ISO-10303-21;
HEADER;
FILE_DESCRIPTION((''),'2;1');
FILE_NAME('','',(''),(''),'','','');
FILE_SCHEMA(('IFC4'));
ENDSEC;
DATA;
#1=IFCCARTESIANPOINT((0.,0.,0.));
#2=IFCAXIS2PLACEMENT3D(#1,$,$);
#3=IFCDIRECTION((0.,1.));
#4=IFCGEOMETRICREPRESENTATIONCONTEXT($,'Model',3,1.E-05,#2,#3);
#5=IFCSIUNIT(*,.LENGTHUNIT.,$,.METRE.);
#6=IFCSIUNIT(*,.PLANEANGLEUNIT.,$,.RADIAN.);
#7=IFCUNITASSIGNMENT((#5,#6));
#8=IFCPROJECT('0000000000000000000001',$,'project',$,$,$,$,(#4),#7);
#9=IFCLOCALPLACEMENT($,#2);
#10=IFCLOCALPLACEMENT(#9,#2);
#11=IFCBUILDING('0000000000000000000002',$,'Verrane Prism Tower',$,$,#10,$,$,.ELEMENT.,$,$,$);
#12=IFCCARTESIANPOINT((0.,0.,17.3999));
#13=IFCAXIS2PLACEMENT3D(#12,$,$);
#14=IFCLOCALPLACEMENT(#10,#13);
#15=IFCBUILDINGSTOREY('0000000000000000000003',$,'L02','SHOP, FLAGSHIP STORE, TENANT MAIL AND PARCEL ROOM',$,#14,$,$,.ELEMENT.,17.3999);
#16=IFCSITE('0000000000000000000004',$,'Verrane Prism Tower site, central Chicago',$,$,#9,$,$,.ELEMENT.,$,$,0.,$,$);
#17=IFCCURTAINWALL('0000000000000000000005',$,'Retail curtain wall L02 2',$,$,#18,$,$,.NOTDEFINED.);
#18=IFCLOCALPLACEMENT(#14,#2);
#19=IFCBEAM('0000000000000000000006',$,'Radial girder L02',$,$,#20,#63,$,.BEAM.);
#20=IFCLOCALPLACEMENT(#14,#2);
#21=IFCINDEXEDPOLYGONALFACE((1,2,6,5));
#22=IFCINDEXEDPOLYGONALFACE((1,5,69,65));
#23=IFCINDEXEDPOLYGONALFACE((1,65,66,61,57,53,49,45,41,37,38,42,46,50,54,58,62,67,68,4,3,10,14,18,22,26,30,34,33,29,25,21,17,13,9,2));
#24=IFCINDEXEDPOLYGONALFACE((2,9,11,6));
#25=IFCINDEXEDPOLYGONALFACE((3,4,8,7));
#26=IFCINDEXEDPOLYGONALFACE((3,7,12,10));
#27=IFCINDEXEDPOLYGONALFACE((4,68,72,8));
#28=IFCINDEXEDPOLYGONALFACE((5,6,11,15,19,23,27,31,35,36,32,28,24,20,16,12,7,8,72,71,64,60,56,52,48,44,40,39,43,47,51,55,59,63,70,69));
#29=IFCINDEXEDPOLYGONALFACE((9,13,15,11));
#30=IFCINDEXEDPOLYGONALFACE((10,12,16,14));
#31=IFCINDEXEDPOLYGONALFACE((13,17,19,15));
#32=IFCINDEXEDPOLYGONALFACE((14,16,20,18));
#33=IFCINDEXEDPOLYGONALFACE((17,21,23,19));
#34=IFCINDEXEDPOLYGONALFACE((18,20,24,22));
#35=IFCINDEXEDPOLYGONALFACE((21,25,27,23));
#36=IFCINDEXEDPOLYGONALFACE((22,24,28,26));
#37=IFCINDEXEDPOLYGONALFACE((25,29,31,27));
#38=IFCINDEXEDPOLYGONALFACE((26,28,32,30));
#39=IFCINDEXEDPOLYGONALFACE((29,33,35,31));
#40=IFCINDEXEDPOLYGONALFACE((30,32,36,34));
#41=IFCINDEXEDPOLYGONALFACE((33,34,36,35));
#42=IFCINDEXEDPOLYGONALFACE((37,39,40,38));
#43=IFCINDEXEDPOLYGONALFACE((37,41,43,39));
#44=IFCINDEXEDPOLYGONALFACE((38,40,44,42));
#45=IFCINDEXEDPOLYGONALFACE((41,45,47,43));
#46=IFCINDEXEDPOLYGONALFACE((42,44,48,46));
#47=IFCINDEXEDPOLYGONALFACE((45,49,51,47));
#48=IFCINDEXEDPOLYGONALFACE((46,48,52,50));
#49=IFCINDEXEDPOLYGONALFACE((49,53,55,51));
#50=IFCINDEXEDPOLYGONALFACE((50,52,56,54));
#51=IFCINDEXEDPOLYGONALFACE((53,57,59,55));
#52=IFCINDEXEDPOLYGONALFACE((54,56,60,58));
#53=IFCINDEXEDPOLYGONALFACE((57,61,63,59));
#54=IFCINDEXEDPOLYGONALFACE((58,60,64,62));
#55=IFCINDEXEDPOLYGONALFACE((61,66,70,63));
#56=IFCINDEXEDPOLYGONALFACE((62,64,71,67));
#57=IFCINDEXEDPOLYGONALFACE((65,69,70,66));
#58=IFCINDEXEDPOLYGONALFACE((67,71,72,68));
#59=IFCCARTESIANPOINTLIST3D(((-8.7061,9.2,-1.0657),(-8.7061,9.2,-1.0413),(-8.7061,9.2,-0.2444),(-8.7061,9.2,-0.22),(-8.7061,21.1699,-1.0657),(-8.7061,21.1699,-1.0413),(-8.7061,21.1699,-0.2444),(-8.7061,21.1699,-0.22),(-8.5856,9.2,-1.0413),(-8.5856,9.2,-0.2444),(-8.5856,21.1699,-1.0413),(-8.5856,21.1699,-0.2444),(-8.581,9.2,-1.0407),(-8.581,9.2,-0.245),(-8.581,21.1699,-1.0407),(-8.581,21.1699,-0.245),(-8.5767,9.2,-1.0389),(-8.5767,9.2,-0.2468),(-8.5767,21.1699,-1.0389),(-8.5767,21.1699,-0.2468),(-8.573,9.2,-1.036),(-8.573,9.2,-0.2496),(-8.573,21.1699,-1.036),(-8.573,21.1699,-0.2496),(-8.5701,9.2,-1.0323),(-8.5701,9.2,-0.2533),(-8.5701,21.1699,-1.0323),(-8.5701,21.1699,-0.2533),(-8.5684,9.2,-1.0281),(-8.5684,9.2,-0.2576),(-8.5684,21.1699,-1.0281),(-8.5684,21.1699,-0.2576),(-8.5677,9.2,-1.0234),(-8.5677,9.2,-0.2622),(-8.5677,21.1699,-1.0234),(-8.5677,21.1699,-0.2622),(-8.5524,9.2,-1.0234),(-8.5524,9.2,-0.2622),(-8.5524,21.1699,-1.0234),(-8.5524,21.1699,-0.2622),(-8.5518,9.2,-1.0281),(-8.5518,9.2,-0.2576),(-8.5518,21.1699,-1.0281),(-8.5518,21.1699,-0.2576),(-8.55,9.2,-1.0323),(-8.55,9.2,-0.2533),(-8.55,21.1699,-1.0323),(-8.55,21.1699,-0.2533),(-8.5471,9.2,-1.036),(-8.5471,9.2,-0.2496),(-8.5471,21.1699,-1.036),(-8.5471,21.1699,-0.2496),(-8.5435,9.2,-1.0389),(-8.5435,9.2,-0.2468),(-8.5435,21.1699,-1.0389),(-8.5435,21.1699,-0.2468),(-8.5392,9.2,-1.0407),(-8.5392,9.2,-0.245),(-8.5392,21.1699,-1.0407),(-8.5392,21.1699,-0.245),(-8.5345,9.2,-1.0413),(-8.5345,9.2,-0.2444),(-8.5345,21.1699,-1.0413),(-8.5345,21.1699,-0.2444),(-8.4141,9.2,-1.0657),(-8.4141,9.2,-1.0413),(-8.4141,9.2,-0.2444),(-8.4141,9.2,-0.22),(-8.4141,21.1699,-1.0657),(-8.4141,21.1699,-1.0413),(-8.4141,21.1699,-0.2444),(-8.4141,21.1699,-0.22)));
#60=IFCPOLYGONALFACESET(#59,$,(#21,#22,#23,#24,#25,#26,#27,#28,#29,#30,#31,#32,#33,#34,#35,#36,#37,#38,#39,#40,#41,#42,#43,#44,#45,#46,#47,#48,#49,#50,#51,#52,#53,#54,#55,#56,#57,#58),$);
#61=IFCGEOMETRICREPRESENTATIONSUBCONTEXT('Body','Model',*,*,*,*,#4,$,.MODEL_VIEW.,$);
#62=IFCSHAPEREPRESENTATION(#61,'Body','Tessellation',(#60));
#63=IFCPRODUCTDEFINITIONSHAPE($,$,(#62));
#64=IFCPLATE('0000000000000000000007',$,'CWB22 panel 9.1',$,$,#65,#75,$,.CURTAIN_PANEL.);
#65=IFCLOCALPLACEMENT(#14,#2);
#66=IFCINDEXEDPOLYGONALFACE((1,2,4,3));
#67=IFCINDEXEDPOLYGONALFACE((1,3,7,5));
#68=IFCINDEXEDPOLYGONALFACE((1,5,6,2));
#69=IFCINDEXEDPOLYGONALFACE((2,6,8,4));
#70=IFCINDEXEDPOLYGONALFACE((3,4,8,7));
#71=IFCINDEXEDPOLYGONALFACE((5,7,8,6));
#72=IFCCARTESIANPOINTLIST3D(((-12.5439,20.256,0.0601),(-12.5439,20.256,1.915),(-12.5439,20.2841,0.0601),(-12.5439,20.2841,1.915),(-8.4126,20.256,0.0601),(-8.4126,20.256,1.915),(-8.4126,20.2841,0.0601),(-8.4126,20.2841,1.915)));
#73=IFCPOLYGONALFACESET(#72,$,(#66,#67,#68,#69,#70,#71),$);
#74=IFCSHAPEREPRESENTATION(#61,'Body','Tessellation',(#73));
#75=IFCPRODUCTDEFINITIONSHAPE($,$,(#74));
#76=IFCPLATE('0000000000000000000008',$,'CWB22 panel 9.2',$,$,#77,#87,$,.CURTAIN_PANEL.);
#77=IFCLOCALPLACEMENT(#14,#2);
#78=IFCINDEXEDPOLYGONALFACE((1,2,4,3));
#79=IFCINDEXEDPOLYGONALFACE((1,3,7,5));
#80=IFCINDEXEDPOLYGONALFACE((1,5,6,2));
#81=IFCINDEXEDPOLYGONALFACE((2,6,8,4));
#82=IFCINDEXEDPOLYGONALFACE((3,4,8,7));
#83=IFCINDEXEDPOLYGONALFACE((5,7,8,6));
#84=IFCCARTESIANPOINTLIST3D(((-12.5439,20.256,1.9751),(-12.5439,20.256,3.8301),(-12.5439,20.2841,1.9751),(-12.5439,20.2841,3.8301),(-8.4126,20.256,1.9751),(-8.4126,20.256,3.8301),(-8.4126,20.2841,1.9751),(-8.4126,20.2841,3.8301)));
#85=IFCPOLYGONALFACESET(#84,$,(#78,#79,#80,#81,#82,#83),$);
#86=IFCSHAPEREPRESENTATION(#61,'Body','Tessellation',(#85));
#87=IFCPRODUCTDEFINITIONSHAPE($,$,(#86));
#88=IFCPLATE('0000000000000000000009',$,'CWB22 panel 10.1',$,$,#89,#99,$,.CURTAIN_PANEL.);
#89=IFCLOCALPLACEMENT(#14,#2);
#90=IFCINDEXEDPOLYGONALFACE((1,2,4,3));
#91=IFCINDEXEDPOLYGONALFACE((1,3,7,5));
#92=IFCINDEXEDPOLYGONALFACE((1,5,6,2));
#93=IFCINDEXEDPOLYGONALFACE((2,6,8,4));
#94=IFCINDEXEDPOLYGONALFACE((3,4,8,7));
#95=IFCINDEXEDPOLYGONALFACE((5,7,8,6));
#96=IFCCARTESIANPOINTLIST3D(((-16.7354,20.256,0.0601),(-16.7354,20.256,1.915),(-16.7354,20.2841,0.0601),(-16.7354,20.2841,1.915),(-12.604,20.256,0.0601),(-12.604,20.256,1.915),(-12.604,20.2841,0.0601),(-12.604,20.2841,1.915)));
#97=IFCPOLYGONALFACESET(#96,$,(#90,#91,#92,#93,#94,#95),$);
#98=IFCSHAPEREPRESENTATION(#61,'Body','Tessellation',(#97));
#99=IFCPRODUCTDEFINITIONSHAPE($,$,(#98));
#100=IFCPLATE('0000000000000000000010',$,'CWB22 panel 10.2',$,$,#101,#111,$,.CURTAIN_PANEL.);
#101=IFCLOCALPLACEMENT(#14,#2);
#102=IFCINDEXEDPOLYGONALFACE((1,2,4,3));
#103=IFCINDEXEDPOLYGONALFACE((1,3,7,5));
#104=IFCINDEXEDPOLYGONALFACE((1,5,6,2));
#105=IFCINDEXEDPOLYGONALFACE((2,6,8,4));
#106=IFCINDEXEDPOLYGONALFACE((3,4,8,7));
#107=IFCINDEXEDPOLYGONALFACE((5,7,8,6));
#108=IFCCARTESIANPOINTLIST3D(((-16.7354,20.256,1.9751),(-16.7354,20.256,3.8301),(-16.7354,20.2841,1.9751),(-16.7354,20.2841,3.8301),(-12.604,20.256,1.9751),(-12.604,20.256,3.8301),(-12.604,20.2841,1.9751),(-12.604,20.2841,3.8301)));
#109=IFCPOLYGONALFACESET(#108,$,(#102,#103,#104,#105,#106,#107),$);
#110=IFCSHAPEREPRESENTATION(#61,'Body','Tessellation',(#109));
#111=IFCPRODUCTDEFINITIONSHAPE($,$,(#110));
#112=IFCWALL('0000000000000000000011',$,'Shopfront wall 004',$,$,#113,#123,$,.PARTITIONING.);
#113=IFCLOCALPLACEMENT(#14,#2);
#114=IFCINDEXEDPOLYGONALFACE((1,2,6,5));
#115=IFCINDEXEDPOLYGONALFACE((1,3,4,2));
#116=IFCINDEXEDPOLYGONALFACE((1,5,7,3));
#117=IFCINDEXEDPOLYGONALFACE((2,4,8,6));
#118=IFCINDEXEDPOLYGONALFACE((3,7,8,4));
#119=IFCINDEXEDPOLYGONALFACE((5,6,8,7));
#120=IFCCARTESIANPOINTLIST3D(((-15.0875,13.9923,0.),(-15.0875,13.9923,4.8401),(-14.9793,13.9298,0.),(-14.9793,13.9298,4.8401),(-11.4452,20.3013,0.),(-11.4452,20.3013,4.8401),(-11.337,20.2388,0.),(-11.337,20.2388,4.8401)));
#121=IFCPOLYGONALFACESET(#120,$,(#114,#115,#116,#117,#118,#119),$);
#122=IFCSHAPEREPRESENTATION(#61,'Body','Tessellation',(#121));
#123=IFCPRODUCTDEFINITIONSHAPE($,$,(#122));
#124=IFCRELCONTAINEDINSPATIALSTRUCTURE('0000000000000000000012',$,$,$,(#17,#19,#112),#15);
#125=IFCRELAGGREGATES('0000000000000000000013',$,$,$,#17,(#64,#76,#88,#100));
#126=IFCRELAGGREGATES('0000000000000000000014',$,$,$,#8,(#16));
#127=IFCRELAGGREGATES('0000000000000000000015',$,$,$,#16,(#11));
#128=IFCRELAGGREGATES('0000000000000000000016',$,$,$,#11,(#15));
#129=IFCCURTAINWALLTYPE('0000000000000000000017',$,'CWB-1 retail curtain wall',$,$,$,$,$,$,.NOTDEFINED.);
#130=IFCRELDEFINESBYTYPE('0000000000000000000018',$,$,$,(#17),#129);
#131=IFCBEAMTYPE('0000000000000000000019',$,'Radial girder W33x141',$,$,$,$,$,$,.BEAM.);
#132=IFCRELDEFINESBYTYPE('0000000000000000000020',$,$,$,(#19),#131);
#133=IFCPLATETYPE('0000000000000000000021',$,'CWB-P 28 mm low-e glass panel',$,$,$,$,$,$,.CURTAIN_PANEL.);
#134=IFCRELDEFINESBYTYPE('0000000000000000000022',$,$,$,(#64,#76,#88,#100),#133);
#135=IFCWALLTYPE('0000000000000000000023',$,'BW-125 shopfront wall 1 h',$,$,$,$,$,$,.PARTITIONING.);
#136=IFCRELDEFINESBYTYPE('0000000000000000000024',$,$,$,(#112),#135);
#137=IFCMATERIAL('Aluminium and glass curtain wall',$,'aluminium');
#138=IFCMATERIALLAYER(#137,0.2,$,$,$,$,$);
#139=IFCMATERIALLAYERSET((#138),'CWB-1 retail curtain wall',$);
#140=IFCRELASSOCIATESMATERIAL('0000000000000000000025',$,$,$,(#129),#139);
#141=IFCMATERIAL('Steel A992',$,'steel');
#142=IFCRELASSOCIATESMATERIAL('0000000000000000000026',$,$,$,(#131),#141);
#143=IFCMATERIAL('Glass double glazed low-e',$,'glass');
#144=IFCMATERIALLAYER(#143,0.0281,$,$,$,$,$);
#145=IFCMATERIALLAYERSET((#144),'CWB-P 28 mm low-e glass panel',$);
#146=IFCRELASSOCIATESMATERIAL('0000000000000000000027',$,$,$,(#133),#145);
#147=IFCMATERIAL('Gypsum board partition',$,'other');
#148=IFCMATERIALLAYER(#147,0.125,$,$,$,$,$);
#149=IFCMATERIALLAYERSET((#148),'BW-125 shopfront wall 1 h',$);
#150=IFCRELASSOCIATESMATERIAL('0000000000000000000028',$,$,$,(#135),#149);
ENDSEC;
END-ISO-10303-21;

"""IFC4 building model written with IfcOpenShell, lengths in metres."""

from ifc_helpers import new_model, si_unit, direction, frame, frame_2d, origin, origin_2d, place, context, subcontext, project, spatial, rectangle, i_section, extrude, material, layer, layer_set, material_profile, profile_set, type_object, element, aggregate, save


model = new_model("IFC4")

# Units and contexts
model_context = context("Model", 3, precision=1e-05, world=origin(), true_north=direction((0.0, 1.0)))
body_context = subcontext(model_context, "Body", "Model", "MODEL_VIEW")
ifc_project = project(units=[si_unit("LENGTHUNIT", "METRE"), si_unit("PLANEANGLEUNIT", "RADIAN")], contexts=[model_context])

# Site, building, storey
site_placement = place(None, origin())
site = spatial("IfcSite", under=ifc_project, at=site_placement, Name="Verrane Prism Tower site, central Chicago", CompositionType="ELEMENT", RefElevation=0.0)
building_placement = place(site_placement, origin())
building = spatial("IfcBuilding", under=site, at=building_placement, Name="Verrane Prism Tower", CompositionType="ELEMENT")
storey_placement = place(building_placement, frame((0.0, 0.0, 17.3999)))
storey = spatial("IfcBuildingStorey", under=building, at=storey_placement, Name="L02", Description="SHOP, FLAGSHIP STORE, TENANT MAIL AND PARCEL ROOM", CompositionType="ELEMENT", Elevation=17.3999)

# Curtain wall
ifc_material_1 = material(Name="Aluminium and glass curtain wall", Category="aluminium")
ifc_layer_1 = layer(ifc_material_1, 0.2)
ifc_layer_set_1 = layer_set([ifc_layer_1], Name="CWB-1 retail curtain wall")
curtain_wall_type = type_object("IfcCurtainWallType", Name="CWB-1 retail curtain wall", PredefinedType="NOTDEFINED", material=ifc_layer_set_1)
curtain_wall_placement = place(storey_placement, origin())
curtain_wall = element("IfcCurtainWall", 1, at=curtain_wall_placement, inside=storey, type_object=curtain_wall_type, Name="Retail curtain wall L02 2", PredefinedType="NOTDEFINED")

# Beam
ifc_material_2 = material(Name="Steel A992", Category="steel")
ifc_material_profile_1 = material_profile(ifc_material_2, i_section(OverallWidth=0.292, OverallDepth=0.8457, WebThickness=0.0154, FlangeThickness=0.0244, FilletRadius=0.0178, at=origin_2d()), Name="W33x141")
ifc_profile_set_1 = profile_set([ifc_material_profile_1], Name="Steel A992")
beam_type_1 = type_object("IfcBeamType", Name="Radial girder W33x141", PredefinedType="BEAM", material=ifc_profile_set_1)
beam_1_placement = place(storey_placement, frame((-8.5601, 21.1699, -0.6428), z_axis=(0.0, -1.0, 0.0), x_axis=(1.0, 0.0, 0.0)))
element("IfcBeam", 2, at=beam_1_placement, inside=storey, type_object=beam_type_1, Name="Radial girder L02", PredefinedType="BEAM", context=body_context, shape_type="SweptSolid", body=[
    extrude(i_section(OverallWidth=0.292, OverallDepth=0.8457, WebThickness=0.0154, FlangeThickness=0.0244, FilletRadius=0.0178, at=origin_2d()), origin(), (0.0, 0.0, 1.0), 11.97),
])

# Plates
ifc_material_3 = material(Name="Glass double glazed low-e", Category="glass")
ifc_layer_2 = layer(ifc_material_3, 0.0281)
ifc_layer_set_2 = layer_set([ifc_layer_2], Name="CWB-P 28 mm low-e glass panel")
plate_type = type_object("IfcPlateType", Name="CWB-P 28 mm low-e glass panel", PredefinedType="CURTAIN_PANEL", material=ifc_layer_set_2)
plate_1_placement = place(storey_placement, frame((-10.4783, 20.27, 0.0601), z_axis=(0.0, 0.0, 1.0), x_axis=(-1.0, 0.0, 0.0)))
plate_1 = element("IfcPlate", 3, at=plate_1_placement, type_object=plate_type, Name="CWB22 panel 9.1", PredefinedType="CURTAIN_PANEL", context=body_context, shape_type="SweptSolid", body=[
    extrude(rectangle(XDim=4.1313, YDim=0.0281, at=origin_2d()), origin(), (0.0, 0.0, 1.0), 1.855),
])
plate_2_placement = place(storey_placement, frame((-10.4783, 20.27, 1.9751), z_axis=(0.0, 0.0, 1.0), x_axis=(-1.0, 0.0, 0.0)))
plate_2 = element("IfcPlate", 4, at=plate_2_placement, type_object=plate_type, Name="CWB22 panel 9.2", PredefinedType="CURTAIN_PANEL", context=body_context, shape_type="SweptSolid", body=[
    extrude(rectangle(XDim=4.1313, YDim=0.0281, at=origin_2d()), origin(), (0.0, 0.0, 1.0), 1.855),
])
plate_3_placement = place(storey_placement, frame((-14.6697, 20.27, 0.0601), z_axis=(0.0, 0.0, 1.0), x_axis=(-1.0, 0.0, 0.0)))
plate_3 = element("IfcPlate", 5, at=plate_3_placement, type_object=plate_type, Name="CWB22 panel 10.1", PredefinedType="CURTAIN_PANEL", context=body_context, shape_type="SweptSolid", body=[
    extrude(rectangle(XDim=4.1313, YDim=0.0281, at=origin_2d()), origin(), (0.0, 0.0, 1.0), 1.855),
])
plate_4_placement = place(storey_placement, frame((-14.6697, 20.27, 1.9751), z_axis=(0.0, 0.0, 1.0), x_axis=(-1.0, 0.0, 0.0)))
plate_4 = element("IfcPlate", 6, at=plate_4_placement, type_object=plate_type, Name="CWB22 panel 10.2", PredefinedType="CURTAIN_PANEL", context=body_context, shape_type="SweptSolid", body=[
    extrude(rectangle(XDim=4.1313, YDim=0.0281, at=origin_2d()), origin(), (0.0, 0.0, 1.0), 1.855),
])
aggregate(curtain_wall, [plate_1, plate_2, plate_3, plate_4])

# Wall
ifc_material_4 = material(Name="Gypsum board partition", Category="other")
ifc_layer_3 = layer(ifc_material_4, 0.125)
ifc_layer_set_3 = layer_set([ifc_layer_3], Name="BW-125 shopfront wall 1 h")
wall_type = type_object("IfcWallType", Name="BW-125 shopfront wall 1 h", PredefinedType="PARTITIONING", material=ifc_layer_set_3)
wall_1_placement = place(storey_placement, frame((-15.0334, 13.9609, 0.0), z_axis=(0.0, 0.0, 1.0), x_axis=(0.499978, 0.866038, 0.0)))
element("IfcWall", 7, at=wall_1_placement, inside=storey, type_object=wall_type, Name="Shopfront wall 004", PredefinedType="PARTITIONING", context=body_context, shape_type="SweptSolid", body=[
    extrude(rectangle(XDim=7.2849, YDim=0.125, at=frame_2d((3.6426, 0.0))), origin(), (0.0, 0.0, 1.0), 4.8401),
])

save(model, "model.ifc")
